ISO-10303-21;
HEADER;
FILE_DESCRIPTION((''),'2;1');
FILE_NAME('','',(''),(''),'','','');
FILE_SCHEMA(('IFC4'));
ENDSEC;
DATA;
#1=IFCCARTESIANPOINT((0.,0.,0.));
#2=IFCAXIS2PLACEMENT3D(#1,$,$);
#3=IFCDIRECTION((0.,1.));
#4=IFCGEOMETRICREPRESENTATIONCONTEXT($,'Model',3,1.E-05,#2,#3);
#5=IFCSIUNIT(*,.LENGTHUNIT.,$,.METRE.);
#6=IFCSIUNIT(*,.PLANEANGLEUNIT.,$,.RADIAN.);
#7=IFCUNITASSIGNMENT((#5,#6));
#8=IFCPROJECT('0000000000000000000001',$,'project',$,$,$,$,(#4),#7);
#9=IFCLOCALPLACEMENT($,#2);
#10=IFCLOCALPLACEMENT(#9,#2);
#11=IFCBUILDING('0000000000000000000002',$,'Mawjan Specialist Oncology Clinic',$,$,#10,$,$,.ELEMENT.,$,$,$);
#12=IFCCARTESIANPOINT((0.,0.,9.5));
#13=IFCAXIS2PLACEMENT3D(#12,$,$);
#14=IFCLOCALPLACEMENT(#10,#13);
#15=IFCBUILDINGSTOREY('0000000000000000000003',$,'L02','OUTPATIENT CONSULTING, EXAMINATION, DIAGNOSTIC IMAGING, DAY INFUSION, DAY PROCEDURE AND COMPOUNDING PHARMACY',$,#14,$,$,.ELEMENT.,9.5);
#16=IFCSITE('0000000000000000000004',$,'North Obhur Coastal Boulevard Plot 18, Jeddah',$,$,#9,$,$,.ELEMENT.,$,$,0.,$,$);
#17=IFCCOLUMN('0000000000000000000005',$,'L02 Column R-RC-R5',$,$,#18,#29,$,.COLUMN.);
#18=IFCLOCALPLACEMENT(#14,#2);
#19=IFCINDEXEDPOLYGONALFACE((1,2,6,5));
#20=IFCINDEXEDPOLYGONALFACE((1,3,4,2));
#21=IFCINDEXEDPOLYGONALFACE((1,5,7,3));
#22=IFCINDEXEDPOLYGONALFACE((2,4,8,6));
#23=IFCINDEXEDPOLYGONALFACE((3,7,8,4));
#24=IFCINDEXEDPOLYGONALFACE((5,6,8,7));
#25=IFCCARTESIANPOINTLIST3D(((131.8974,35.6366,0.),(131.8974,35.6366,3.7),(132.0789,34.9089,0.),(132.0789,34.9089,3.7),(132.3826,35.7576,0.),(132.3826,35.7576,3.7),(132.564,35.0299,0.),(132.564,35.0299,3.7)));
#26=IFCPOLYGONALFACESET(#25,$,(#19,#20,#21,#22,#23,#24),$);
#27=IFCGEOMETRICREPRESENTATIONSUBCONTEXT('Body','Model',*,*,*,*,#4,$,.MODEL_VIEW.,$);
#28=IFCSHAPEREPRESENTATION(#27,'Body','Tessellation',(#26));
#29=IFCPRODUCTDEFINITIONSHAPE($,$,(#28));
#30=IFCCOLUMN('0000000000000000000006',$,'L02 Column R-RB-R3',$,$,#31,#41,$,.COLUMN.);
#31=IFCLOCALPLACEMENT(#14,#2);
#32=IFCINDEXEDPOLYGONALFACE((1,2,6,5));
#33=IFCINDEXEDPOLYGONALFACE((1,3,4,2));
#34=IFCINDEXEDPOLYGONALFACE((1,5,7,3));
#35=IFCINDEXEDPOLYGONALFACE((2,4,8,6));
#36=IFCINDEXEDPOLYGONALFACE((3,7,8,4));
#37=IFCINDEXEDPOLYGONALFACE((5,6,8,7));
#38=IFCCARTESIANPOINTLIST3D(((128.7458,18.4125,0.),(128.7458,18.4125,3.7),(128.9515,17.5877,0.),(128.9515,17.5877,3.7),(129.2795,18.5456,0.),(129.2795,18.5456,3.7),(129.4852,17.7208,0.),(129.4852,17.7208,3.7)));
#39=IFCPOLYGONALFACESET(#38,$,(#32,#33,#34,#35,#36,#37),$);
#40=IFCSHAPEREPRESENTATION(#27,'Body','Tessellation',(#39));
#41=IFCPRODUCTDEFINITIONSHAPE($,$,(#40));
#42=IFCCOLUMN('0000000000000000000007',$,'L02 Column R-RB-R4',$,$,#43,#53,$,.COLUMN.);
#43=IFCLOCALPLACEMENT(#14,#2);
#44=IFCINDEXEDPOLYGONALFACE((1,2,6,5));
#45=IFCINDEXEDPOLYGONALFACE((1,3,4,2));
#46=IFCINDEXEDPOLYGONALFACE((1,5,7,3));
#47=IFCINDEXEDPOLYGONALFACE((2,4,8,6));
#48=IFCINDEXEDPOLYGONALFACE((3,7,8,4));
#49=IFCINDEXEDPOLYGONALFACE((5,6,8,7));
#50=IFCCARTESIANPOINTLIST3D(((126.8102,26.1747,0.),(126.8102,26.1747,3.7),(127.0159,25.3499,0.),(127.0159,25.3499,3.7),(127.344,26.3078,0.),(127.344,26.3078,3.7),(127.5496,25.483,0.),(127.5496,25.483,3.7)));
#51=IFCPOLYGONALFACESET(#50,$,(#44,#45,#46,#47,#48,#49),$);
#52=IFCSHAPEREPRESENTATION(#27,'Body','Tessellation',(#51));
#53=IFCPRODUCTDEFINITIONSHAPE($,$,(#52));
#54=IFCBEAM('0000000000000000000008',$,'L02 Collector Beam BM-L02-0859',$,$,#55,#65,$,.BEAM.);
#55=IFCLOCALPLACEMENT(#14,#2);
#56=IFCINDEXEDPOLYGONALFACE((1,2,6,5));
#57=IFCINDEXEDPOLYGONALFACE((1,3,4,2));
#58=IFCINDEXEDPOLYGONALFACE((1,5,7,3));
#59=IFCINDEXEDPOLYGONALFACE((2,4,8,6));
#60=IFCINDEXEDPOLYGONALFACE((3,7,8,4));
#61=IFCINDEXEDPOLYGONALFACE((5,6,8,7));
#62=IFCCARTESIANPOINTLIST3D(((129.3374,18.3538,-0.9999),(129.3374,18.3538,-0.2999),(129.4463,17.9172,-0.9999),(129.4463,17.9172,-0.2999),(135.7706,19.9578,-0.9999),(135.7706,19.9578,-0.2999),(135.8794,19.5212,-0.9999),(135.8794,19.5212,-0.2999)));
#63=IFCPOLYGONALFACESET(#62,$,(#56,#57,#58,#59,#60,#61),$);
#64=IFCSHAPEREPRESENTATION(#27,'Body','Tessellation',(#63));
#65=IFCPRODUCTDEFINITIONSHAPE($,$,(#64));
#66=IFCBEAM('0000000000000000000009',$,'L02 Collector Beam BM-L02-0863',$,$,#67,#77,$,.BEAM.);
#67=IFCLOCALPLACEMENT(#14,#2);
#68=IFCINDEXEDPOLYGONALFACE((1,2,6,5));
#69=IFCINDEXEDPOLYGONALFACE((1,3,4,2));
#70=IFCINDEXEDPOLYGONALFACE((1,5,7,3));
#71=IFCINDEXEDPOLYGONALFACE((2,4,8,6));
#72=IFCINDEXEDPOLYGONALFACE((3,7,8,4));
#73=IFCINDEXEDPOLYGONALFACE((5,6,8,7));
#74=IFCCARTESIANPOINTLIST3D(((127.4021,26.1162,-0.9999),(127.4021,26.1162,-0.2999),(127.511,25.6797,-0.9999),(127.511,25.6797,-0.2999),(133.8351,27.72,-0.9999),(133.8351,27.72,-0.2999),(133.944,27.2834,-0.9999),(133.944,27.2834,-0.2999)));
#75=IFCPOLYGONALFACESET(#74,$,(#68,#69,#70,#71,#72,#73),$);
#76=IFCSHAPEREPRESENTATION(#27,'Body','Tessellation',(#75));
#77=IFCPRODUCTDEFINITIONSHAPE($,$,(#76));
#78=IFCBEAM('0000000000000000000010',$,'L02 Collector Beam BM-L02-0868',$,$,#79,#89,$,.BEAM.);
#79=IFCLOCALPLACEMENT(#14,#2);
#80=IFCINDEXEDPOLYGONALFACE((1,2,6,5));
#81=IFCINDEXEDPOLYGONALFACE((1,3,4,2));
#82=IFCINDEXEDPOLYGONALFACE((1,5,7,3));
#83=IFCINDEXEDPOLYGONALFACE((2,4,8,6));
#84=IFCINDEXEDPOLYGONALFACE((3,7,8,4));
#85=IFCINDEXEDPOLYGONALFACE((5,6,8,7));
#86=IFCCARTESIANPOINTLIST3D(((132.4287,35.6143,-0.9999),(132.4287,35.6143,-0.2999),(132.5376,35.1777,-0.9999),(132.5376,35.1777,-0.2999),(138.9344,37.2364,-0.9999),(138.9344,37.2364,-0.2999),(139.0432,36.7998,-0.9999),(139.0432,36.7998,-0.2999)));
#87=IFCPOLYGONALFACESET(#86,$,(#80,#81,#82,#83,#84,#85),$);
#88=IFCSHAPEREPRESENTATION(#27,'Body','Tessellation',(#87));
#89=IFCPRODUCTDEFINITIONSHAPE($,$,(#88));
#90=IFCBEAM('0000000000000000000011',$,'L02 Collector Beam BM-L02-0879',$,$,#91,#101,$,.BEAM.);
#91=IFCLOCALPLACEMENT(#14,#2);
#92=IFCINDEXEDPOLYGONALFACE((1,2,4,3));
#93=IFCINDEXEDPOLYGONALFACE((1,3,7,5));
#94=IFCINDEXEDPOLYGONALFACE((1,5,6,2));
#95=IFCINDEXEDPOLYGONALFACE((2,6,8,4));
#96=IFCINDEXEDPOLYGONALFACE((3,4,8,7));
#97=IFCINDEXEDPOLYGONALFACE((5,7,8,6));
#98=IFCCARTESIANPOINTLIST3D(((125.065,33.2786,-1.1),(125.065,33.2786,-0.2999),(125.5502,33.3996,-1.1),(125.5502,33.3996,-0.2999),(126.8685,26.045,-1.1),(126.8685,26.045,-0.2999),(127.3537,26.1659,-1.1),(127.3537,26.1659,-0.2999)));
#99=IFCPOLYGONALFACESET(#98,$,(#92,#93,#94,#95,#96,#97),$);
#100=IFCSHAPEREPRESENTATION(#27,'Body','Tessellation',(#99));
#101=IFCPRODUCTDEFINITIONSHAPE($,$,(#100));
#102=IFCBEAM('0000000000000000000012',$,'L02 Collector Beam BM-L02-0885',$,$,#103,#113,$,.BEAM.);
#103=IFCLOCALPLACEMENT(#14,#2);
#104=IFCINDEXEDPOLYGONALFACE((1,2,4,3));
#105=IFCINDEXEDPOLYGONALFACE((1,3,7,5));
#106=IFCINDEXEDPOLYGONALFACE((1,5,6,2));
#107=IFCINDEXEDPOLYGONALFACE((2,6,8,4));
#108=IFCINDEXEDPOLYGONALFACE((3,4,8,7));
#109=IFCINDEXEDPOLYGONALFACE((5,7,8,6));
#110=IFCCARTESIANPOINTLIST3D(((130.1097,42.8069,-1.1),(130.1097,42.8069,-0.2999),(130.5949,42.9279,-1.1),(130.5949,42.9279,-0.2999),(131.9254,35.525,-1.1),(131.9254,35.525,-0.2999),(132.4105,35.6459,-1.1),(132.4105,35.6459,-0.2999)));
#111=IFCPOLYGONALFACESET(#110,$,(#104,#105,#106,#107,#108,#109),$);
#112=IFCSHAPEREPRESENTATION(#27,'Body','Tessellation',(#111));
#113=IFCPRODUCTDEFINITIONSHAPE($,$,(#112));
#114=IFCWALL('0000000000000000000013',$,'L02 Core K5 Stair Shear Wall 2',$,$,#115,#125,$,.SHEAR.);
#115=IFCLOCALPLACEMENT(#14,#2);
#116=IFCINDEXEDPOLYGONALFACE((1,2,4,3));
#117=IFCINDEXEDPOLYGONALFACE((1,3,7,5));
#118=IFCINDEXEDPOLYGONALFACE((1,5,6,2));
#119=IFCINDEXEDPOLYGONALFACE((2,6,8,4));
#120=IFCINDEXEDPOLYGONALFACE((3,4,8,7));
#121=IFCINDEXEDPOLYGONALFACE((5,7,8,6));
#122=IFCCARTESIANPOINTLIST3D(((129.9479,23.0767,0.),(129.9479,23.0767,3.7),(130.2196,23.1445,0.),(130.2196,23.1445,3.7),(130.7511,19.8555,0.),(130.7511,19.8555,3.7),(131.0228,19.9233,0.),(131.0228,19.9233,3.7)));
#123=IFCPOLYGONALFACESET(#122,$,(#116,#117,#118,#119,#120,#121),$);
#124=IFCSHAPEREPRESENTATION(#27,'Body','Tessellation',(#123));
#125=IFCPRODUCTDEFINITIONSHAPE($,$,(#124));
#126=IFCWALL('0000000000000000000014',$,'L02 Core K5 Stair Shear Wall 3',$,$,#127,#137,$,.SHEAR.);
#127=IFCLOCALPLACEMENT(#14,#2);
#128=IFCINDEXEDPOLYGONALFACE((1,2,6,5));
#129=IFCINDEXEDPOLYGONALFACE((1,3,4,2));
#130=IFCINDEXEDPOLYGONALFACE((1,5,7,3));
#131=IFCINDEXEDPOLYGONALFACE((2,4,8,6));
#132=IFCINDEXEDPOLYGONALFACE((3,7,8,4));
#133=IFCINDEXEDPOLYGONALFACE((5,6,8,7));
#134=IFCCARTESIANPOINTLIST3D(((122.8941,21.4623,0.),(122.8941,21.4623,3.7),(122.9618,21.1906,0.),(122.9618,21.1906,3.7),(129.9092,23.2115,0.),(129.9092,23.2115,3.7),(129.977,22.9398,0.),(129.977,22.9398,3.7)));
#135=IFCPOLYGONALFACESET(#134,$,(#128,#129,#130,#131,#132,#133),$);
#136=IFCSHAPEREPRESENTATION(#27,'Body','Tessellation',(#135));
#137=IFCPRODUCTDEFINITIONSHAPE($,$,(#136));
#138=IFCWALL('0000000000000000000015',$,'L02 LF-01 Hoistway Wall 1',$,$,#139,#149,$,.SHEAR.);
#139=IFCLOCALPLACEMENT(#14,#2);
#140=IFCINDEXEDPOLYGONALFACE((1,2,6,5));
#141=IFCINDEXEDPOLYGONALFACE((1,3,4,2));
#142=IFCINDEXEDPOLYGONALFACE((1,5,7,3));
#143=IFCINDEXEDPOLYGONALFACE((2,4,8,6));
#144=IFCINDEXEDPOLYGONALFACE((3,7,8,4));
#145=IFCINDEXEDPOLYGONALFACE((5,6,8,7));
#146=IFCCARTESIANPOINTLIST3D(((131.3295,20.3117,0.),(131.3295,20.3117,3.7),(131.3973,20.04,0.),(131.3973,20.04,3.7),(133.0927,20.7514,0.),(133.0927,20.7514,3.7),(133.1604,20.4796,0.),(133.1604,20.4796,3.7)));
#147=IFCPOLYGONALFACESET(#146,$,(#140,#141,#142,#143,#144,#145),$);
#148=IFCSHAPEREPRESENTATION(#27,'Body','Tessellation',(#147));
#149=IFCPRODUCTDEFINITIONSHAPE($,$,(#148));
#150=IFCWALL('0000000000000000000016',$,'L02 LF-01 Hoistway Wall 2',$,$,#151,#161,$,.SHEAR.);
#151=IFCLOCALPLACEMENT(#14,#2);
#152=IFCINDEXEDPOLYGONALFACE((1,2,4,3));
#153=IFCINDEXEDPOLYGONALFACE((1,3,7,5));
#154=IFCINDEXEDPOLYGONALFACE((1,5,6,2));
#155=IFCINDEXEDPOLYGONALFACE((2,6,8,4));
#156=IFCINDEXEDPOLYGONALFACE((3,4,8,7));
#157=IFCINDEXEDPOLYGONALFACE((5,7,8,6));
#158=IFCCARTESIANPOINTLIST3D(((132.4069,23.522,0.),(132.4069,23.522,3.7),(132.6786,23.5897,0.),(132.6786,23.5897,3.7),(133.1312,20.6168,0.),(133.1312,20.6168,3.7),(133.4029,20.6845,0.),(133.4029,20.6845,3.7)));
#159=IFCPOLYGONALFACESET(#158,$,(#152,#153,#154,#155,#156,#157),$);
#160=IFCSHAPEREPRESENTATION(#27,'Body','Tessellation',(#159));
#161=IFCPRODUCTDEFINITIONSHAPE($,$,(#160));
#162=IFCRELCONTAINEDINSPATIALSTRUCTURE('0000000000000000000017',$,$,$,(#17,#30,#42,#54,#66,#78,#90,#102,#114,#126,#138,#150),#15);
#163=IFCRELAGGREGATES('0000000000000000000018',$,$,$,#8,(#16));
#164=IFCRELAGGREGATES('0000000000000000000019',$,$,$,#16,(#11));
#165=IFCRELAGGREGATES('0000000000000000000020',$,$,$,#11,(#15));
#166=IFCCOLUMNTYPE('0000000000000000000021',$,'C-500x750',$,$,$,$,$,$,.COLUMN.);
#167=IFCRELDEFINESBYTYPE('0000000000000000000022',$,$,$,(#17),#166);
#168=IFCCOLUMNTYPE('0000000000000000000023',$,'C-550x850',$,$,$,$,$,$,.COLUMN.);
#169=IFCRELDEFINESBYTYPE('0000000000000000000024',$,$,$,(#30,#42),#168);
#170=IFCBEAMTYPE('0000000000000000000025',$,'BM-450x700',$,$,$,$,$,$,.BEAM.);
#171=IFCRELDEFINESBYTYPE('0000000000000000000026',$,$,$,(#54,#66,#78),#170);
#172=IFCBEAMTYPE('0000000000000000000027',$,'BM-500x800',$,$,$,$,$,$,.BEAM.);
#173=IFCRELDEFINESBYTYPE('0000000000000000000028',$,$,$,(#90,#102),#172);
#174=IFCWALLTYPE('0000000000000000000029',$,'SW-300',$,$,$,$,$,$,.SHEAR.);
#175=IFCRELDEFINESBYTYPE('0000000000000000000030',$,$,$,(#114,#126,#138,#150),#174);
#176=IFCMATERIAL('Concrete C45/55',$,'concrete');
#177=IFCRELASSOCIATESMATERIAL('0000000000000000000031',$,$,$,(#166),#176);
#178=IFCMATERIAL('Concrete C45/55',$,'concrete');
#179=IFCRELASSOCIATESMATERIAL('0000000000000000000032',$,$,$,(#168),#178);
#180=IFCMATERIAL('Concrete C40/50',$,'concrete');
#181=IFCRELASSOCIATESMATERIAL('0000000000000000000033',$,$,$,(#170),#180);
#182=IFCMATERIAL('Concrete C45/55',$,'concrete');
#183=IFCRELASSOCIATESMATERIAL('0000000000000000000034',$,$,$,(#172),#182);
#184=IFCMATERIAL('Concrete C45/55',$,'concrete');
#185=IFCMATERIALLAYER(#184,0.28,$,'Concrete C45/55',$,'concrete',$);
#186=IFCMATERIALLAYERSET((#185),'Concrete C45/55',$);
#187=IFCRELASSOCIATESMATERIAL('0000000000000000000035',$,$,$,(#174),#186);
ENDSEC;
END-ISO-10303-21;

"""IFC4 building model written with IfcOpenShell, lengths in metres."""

from ifc_helpers import new_model, si_unit, direction, frame, frame_2d, origin, origin_2d, place, context, subcontext, project, spatial, rectangle, extrude, material, layer, layer_set, material_profile, profile_set, type_object, element, save


model = new_model("IFC4")

# Units and contexts
model_context = context("Model", 3, precision=1e-05, world=origin(), true_north=direction((0.0, 1.0)))
body_context = subcontext(model_context, "Body", "Model", "MODEL_VIEW")
ifc_project = project(units=[si_unit("LENGTHUNIT", "METRE"), si_unit("PLANEANGLEUNIT", "RADIAN")], contexts=[model_context])

# Site, building, storey
site_placement = place(None, origin())
site = spatial("IfcSite", under=ifc_project, at=site_placement, Name="North Obhur Coastal Boulevard Plot 18, Jeddah", CompositionType="ELEMENT", RefElevation=0.0)
building_placement = place(site_placement, origin())
building = spatial("IfcBuilding", under=site, at=building_placement, Name="Mawjan Specialist Oncology Clinic", CompositionType="ELEMENT")
storey_placement = place(building_placement, frame((0.0, 0.0, 9.5)))
storey = spatial("IfcBuildingStorey", under=building, at=storey_placement, Name="L02", Description="OUTPATIENT CONSULTING, EXAMINATION, DIAGNOSTIC IMAGING, DAY INFUSION, DAY PROCEDURE AND COMPOUNDING PHARMACY", CompositionType="ELEMENT", Elevation=9.5)

# Columns
ifc_material_1 = material(Name="Concrete C45/55", Category="concrete")
ifc_material_profile_1 = material_profile(ifc_material_1, rectangle(XDim=0.5, YDim=0.75, at=origin_2d()), Name="RC COL 500x750", Category="concrete")
ifc_profile_set_1 = profile_set([ifc_material_profile_1], Name="Concrete C45/55")
column_type_1 = type_object("IfcColumnType", Name="C-500x750", PredefinedType="COLUMN", material=ifc_profile_set_1)
column_placement = place(storey_placement, frame((132.2307, 35.3333, 0.0), z_axis=(0.0, 0.0, 1.0), x_axis=(0.970296, 0.241922, 0.0)))
element("IfcColumn", 1, at=column_placement, inside=storey, type_object=column_type_1, Name="L02 Column R-RC-R5", PredefinedType="COLUMN", context=body_context, shape_type="SweptSolid", body=[
    extrude(rectangle(XDim=0.5, YDim=0.75, at=origin_2d()), origin(), (0.0, 0.0, 1.0), 3.7),
])
ifc_material_2 = material(Name="Concrete C45/55", Category="concrete")
ifc_material_profile_2 = material_profile(ifc_material_2, rectangle(XDim=0.55, YDim=0.8501, at=origin_2d()), Name="RC COL 550x850", Category="concrete")
ifc_profile_set_2 = profile_set([ifc_material_profile_2], Name="Concrete C45/55")
column_type_2 = type_object("IfcColumnType", Name="C-550x850", PredefinedType="COLUMN", material=ifc_profile_set_2)
for number, where, z_axis, x_axis, name in (
    (2, (129.1155, 18.0667, 0.0), (0.0, 0.0, 1.0), (0.970296, 0.241922, 0.0), "L02 Column R-RB-R3"),
    (3, (127.1799, 25.8289, 0.0), (0.0, 0.0, 1.0), (0.970296, 0.241922, 0.0), "L02 Column R-RB-R4"),
):
    element("IfcColumn", number, at=place(storey_placement, frame(where, z_axis=z_axis, x_axis=x_axis)), inside=storey, type_object=column_type_2, Name=name, PredefinedType="COLUMN", context=body_context, shape_type="SweptSolid", body=[
        extrude(rectangle(XDim=0.55, YDim=0.8501, at=origin_2d()), origin(), (0.0, 0.0, 1.0), 3.7),
    ])

# Beams
ifc_material_3 = material(Name="Concrete C40/50", Category="concrete")
ifc_material_profile_3 = material_profile(ifc_material_3, rectangle(XDim=0.45, YDim=0.7, at=origin_2d()), Name="RC BM 450x700", Category="concrete")
ifc_profile_set_3 = profile_set([ifc_material_profile_3], Name="Concrete C40/50")
beam_type_1 = type_object("IfcBeamType", Name="BM-450x700", PredefinedType="BEAM", material=ifc_profile_set_3)
beam_1_placement = place(storey_placement, frame((129.3918, 18.1355, -0.6499), z_axis=(0.970294, 0.241929, 0.0), x_axis=(-0.241929, 0.970294, 0.0)))
element("IfcBeam", 4, at=beam_1_placement, inside=storey, type_object=beam_type_1, Name="L02 Collector Beam BM-L02-0859", PredefinedType="BEAM", context=body_context, shape_type="SweptSolid", body=[
    extrude(rectangle(XDim=0.45, YDim=0.7, at=origin_2d()), origin(), (0.0, 0.0, 1.0), 6.6301),
])
beam_2_placement = place(storey_placement, frame((127.4565, 25.8979, -0.6499), z_axis=(0.970303, 0.241894, 0.0), x_axis=(-0.241894, 0.970303, 0.0)))
element("IfcBeam", 5, at=beam_2_placement, inside=storey, type_object=beam_type_1, Name="L02 Collector Beam BM-L02-0863", PredefinedType="BEAM", context=body_context, shape_type="SweptSolid", body=[
    extrude(rectangle(XDim=0.45, YDim=0.7, at=origin_2d()), origin(), (0.0, 0.0, 1.0), 6.6299),
])
beam_3_placement = place(storey_placement, frame((132.4832, 35.396, -0.6499), z_axis=(0.970294, 0.241927, 0.0), x_axis=(-0.241927, 0.970294, 0.0)))
element("IfcBeam", 6, at=beam_3_placement, inside=storey, type_object=beam_type_1, Name="L02 Collector Beam BM-L02-0868", PredefinedType="BEAM", context=body_context, shape_type="SweptSolid", body=[
    extrude(rectangle(XDim=0.45, YDim=0.7, at=origin_2d()), origin(), (0.0, 0.0, 1.0), 6.7048),
])
ifc_material_4 = material(Name="Concrete C45/55", Category="concrete")
ifc_material_profile_4 = material_profile(ifc_material_4, rectangle(XDim=0.5, YDim=0.8, at=origin_2d()), Name="RC BM 500x800", Category="concrete")
ifc_profile_set_4 = profile_set([ifc_material_profile_4], Name="Concrete C45/55")
beam_type_2 = type_object("IfcBeamType", Name="BM-500x800", PredefinedType="BEAM", material=ifc_profile_set_4)
beam_4_placement = place(storey_placement, frame((127.1111, 26.1055, -0.7), z_axis=(-0.241911, 0.970298, 0.0), x_axis=(-0.970298, -0.241911, 0.0)))
element("IfcBeam", 7, at=beam_4_placement, inside=storey, type_object=beam_type_2, Name="L02 Collector Beam BM-L02-0879", PredefinedType="BEAM", context=body_context, shape_type="SweptSolid", body=[
    extrude(rectangle(XDim=0.5, YDim=0.8, at=origin_2d()), origin(), (0.0, 0.0, 1.0), 7.4551),
])
beam_5_placement = place(storey_placement, frame((132.168, 35.5854, -0.7), z_axis=(-0.241931, 0.970293, 0.0), x_axis=(-0.970293, -0.241931, 0.0)))
element("IfcBeam", 8, at=beam_5_placement, inside=storey, type_object=beam_type_2, Name="L02 Collector Beam BM-L02-0885", PredefinedType="BEAM", context=body_context, shape_type="SweptSolid", body=[
    extrude(rectangle(XDim=0.5, YDim=0.8, at=origin_2d()), origin(), (0.0, 0.0, 1.0), 7.5049),
])

# Walls
ifc_material_5 = material(Name="Concrete C45/55", Category="concrete")
ifc_layer_1 = layer(ifc_material_5, 0.28, Name="Concrete C45/55", Category="concrete")
ifc_layer_set_1 = layer_set([ifc_layer_1], Name="Concrete C45/55")
wall_type_1 = type_object("IfcWallType", Name="SW-300", PredefinedType="SHEAR", material=ifc_layer_set_1)
wall_1_placement = place(storey_placement, frame((130.887, 19.8894, 0.0), z_axis=(0.0, 0.0, 1.0), x_axis=(-0.241947, 0.970289, 0.0)))
element("IfcWall", 9, at=wall_1_placement, inside=storey, type_object=wall_type_1, Name="L02 Core K5 Stair Shear Wall 2", PredefinedType="SHEAR", context=body_context, shape_type="SweptSolid", body=[
    extrude(rectangle(XDim=3.3198, YDim=0.28, at=frame_2d((1.6599, 0.0))), origin(), (0.0, 0.0, 1.0), 3.7),
])
wall_2_placement = place(storey_placement, frame((129.9431, 23.0757, 0.0), z_axis=(0.0, 0.0, 1.0), x_axis=(-0.970289, -0.241948, 0.0)))
element("IfcWall", 10, at=wall_2_placement, inside=storey, type_object=wall_type_1, Name="L02 Core K5 Stair Shear Wall 3", PredefinedType="SHEAR", context=body_context, shape_type="SweptSolid", body=[
    extrude(rectangle(XDim=7.23, YDim=0.28, at=frame_2d((3.615, 0.0))), origin(), (0.0, 0.0, 1.0), 3.7),
])
wall_3_placement = place(storey_placement, frame((131.3633, 20.1758, 0.0), z_axis=(0.0, 0.0, 1.0), x_axis=(0.970285, 0.241967, 0.0)))
element("IfcWall", 11, at=wall_3_placement, inside=storey, type_object=wall_type_1, Name="L02 LF-01 Hoistway Wall 1", PredefinedType="SHEAR", context=body_context, shape_type="SweptSolid", body=[
    extrude(rectangle(XDim=1.8171, YDim=0.28, at=frame_2d((0.9087, 0.0))), origin(), (0.0, 0.0, 1.0), 3.7),
])
wall_4_placement = place(storey_placement, frame((133.2671, 20.6506, 0.0), z_axis=(0.0, 0.0, 1.0), x_axis=(-0.241922, 0.970296, 0.0)))
element("IfcWall", 12, at=wall_4_placement, inside=storey, type_object=wall_type_1, Name="L02 LF-01 Hoistway Wall 2", PredefinedType="SHEAR", context=body_context, shape_type="SweptSolid", body=[
    extrude(rectangle(XDim=2.9941, YDim=0.28, at=frame_2d((1.4971, 0.0))), origin(), (0.0, 0.0, 1.0), 3.7),
])

save(model, "model.ifc")
